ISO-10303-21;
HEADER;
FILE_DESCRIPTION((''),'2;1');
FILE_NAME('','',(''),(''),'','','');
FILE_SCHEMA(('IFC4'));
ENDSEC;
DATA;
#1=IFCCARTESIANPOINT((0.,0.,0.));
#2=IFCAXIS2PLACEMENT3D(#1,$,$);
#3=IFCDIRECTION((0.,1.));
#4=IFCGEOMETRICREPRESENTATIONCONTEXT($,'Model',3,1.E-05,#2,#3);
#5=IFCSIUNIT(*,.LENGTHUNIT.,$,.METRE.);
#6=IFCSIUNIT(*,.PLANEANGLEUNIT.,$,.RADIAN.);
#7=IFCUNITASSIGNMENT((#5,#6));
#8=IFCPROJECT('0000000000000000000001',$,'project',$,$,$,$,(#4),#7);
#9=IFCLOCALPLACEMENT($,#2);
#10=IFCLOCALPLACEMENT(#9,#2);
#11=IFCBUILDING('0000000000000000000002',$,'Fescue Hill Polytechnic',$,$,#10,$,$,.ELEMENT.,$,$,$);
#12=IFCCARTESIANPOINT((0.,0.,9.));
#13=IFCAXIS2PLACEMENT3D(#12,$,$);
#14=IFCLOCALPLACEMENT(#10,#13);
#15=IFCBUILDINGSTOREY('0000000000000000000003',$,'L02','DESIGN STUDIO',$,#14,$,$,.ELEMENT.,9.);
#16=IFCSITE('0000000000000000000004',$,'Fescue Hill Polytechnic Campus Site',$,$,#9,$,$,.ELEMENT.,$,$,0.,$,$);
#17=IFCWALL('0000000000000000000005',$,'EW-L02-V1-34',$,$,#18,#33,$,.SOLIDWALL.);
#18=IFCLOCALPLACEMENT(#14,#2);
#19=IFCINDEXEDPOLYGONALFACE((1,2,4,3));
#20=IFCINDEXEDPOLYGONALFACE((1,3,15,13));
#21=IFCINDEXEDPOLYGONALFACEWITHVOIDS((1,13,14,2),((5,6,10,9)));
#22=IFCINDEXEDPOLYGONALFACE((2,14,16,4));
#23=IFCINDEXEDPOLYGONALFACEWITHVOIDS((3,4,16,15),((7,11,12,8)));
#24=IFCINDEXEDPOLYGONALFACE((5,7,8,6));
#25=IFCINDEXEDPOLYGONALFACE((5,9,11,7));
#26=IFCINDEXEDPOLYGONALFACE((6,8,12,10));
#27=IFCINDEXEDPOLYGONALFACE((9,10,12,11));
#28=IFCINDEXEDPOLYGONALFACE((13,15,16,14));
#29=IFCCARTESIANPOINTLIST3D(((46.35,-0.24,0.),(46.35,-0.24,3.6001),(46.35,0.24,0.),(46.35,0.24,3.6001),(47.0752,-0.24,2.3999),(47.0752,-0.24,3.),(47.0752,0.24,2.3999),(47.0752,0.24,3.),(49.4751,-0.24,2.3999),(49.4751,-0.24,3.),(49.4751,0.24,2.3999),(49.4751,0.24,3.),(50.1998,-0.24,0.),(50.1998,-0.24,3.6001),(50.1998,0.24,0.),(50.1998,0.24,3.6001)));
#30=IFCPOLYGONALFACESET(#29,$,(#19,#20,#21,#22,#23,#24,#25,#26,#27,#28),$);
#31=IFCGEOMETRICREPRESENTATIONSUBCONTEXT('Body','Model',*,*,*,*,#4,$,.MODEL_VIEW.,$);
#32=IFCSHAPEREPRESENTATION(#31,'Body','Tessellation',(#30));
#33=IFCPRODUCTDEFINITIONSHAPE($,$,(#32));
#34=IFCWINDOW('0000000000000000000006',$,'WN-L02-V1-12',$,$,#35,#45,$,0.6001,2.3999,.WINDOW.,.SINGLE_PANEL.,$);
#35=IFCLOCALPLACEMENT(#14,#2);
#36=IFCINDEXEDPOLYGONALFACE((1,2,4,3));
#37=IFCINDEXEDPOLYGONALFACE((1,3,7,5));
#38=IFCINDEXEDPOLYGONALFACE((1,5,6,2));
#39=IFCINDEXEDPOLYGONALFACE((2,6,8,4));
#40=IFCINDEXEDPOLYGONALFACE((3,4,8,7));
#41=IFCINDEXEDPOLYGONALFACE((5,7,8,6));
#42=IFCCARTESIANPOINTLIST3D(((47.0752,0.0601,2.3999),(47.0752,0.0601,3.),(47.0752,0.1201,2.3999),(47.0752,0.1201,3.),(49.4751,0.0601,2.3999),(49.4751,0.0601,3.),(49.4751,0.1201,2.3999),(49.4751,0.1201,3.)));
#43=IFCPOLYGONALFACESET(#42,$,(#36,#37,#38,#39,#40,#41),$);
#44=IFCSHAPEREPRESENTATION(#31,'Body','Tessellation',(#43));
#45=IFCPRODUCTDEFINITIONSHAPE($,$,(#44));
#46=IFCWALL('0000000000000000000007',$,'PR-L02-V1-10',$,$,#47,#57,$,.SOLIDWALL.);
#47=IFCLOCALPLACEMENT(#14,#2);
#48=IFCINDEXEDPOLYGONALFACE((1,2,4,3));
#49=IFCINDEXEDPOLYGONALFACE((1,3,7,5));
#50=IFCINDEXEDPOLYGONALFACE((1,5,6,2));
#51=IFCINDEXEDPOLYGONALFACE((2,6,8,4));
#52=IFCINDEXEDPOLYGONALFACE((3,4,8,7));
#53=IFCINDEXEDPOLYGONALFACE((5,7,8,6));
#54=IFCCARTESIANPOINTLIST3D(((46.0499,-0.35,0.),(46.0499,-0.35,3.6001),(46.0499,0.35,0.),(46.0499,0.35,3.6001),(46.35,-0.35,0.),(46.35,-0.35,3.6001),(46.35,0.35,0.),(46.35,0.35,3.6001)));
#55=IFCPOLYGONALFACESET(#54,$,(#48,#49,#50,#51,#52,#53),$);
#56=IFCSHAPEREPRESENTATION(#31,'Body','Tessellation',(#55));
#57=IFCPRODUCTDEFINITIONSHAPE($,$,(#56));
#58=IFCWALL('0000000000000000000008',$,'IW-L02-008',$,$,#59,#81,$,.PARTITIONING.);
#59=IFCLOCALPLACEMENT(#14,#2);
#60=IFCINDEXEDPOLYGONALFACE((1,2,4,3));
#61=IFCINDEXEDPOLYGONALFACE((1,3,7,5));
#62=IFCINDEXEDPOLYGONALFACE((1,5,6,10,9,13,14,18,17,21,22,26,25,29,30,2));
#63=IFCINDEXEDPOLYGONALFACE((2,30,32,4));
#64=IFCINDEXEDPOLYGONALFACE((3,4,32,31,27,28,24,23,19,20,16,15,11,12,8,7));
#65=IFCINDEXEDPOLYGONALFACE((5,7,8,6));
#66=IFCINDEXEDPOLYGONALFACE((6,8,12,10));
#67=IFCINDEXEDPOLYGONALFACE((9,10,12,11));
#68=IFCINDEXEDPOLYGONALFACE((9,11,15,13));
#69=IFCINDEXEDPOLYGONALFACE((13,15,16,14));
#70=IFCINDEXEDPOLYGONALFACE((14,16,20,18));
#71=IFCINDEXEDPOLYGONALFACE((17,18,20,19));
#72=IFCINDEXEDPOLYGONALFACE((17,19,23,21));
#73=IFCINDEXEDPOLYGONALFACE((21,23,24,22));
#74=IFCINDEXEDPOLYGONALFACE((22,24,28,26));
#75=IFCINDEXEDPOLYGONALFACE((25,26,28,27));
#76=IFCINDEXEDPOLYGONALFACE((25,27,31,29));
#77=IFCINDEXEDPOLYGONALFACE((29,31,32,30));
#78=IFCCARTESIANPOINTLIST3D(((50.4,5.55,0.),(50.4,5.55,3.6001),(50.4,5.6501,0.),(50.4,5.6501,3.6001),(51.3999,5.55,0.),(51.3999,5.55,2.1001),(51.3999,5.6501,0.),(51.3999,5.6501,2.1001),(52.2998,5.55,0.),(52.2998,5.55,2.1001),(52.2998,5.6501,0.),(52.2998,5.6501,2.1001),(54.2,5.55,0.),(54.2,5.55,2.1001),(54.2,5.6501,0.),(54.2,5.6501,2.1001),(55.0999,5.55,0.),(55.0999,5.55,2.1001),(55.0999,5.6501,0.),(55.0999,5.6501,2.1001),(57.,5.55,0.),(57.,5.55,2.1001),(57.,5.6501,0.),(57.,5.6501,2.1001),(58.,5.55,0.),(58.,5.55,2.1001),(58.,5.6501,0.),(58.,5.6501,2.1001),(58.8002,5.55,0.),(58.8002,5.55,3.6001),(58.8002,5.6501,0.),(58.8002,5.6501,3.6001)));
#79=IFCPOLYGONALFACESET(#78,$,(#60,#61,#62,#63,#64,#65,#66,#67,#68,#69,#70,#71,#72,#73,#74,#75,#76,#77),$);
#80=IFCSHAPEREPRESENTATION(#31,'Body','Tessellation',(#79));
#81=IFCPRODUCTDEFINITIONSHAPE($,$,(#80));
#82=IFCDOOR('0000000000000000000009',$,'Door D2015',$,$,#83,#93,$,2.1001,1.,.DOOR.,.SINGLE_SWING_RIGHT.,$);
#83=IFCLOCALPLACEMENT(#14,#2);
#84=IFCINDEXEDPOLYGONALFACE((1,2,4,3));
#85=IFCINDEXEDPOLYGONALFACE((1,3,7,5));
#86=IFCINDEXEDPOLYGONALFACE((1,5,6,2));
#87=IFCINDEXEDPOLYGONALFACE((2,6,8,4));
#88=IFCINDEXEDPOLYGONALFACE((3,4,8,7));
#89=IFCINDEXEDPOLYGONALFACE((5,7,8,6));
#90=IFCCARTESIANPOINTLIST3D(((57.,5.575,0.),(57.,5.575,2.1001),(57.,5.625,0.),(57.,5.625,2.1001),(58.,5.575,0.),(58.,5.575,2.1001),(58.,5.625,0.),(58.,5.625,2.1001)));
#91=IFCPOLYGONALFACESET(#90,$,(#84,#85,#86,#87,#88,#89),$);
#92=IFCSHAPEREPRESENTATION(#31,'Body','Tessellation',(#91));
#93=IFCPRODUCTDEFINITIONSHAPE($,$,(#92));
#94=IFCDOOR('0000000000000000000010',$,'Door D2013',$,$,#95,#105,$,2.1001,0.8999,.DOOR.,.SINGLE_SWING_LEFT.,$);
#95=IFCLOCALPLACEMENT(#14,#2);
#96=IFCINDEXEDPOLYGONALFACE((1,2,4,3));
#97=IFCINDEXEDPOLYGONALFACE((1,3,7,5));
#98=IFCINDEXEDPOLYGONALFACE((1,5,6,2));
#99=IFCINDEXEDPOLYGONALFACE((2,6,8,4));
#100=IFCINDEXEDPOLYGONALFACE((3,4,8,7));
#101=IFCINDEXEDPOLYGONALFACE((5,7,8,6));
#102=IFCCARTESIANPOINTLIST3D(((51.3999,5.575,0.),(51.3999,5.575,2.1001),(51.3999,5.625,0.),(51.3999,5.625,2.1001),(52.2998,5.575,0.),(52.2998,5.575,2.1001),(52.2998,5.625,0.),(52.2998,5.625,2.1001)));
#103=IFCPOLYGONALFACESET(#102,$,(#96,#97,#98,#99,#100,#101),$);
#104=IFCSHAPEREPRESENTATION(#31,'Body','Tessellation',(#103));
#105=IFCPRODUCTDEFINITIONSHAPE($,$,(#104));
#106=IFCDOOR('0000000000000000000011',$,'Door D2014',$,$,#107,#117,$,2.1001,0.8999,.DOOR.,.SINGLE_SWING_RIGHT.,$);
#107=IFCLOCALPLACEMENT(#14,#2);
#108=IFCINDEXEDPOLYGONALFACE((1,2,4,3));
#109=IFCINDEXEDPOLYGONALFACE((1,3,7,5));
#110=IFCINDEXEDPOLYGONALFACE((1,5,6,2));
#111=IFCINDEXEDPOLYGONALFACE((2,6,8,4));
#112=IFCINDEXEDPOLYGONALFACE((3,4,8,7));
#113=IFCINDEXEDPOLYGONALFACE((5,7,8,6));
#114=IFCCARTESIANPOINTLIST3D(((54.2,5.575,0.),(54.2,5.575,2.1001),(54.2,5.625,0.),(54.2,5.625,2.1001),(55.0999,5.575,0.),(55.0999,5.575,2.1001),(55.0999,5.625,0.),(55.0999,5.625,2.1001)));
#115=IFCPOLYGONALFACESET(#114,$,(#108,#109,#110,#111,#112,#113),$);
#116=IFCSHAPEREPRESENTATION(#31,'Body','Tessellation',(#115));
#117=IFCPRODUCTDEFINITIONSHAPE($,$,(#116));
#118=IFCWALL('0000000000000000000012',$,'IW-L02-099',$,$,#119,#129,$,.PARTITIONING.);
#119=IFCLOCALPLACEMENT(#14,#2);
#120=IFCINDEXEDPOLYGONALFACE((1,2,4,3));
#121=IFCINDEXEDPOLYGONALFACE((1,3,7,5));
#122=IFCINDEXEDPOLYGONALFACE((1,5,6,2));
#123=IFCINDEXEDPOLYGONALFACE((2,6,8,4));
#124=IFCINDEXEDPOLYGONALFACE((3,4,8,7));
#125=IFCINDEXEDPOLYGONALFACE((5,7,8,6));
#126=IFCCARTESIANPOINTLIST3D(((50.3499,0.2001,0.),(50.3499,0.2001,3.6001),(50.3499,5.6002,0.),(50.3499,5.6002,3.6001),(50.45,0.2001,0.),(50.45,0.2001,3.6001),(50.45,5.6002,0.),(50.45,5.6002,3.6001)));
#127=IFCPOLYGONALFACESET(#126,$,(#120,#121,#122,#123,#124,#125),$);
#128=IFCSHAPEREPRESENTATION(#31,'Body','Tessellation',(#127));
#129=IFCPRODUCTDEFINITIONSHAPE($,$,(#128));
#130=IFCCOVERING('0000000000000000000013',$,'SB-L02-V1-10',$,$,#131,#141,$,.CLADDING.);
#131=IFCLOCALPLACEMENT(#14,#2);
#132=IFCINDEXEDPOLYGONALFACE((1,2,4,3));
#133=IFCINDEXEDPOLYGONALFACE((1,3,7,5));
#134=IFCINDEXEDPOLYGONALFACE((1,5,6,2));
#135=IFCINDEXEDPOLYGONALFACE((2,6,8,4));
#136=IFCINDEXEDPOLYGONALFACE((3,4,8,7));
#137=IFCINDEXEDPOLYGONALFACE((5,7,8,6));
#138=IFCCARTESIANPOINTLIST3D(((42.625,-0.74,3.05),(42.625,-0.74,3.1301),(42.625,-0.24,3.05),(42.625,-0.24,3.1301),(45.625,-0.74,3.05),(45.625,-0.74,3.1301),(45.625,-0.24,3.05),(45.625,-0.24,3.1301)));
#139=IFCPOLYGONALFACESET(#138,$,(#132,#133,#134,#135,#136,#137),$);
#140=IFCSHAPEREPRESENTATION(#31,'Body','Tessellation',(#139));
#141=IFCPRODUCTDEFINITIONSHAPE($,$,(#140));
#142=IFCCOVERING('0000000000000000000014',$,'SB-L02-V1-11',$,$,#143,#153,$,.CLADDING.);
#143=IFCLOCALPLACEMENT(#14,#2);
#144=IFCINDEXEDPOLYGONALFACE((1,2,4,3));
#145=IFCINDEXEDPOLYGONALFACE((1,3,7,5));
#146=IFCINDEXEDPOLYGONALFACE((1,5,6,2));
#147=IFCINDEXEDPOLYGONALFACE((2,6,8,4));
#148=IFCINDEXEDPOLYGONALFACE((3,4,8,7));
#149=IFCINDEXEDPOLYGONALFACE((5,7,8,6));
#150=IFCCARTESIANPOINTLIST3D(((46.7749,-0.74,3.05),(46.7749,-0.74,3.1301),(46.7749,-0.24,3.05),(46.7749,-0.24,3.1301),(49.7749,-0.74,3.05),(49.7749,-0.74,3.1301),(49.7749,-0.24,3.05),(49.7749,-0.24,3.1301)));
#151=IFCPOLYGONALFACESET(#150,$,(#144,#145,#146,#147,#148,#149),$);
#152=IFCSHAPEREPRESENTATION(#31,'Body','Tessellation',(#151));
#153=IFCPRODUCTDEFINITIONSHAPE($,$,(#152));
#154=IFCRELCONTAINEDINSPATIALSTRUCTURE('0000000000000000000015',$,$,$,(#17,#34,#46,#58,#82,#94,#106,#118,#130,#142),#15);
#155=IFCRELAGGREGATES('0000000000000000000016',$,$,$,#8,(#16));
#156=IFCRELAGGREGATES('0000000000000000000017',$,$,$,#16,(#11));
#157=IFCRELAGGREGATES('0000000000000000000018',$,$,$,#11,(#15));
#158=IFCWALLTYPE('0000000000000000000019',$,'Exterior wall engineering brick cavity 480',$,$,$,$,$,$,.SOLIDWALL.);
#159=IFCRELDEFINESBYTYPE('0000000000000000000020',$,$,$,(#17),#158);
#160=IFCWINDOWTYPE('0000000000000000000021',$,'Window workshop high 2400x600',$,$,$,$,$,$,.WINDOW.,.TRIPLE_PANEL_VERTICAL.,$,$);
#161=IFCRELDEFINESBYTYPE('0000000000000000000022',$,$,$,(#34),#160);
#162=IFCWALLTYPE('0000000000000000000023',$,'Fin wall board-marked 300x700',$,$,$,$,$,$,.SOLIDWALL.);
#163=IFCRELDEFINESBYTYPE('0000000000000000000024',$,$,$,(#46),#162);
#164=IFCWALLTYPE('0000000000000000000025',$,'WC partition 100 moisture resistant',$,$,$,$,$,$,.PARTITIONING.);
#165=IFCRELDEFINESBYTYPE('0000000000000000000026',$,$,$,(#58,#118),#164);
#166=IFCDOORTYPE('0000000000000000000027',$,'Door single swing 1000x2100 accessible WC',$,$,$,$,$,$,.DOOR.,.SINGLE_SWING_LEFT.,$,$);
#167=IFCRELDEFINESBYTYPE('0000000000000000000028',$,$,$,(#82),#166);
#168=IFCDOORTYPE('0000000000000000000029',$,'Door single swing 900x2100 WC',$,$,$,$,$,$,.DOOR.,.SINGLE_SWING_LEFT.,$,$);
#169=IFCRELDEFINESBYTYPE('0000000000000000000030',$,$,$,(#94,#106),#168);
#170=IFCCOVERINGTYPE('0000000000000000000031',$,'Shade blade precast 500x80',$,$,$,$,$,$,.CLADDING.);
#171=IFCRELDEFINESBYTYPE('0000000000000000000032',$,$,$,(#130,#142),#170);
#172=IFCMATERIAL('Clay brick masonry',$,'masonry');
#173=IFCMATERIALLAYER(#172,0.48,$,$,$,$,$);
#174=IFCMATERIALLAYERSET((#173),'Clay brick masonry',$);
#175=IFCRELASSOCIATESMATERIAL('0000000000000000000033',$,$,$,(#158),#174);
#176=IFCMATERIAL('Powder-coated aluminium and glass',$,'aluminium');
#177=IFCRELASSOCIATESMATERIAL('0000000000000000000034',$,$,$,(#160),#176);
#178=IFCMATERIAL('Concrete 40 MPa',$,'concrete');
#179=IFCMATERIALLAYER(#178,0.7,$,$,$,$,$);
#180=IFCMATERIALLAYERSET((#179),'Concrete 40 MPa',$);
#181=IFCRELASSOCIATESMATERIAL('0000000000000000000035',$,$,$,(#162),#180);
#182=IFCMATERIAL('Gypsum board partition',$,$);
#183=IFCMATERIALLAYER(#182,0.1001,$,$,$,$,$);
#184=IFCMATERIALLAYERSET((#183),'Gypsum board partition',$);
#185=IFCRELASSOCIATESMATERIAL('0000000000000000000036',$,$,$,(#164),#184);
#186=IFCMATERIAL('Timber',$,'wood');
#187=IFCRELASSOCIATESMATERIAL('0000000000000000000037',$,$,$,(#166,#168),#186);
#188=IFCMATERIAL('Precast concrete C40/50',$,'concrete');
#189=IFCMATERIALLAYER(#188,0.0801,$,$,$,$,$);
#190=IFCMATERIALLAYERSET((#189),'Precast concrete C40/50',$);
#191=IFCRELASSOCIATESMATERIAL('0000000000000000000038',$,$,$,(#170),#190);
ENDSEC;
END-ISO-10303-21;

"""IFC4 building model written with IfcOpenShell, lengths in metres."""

from ifc_helpers import new_model, si_unit, direction, frame, frame_2d, origin, origin_2d, place, context, subcontext, project, spatial, rectangle, extrude, material, layer, layer_set, type_object, element, fill, save


model = new_model("IFC4")

# Units and contexts
model_context = context("Model", 3, precision=1e-05, world=origin(), true_north=direction((0.0, 1.0)))
body_context = subcontext(model_context, "Body", "Model", "MODEL_VIEW")
ifc_project = project(units=[si_unit("LENGTHUNIT", "METRE"), si_unit("PLANEANGLEUNIT", "RADIAN")], contexts=[model_context])

# Site, building, storey
site_placement = place(None, origin())
site = spatial("IfcSite", under=ifc_project, at=site_placement, Name="Fescue Hill Polytechnic Campus Site", CompositionType="ELEMENT", RefElevation=0.0)
building_placement = place(site_placement, origin())
building = spatial("IfcBuilding", under=site, at=building_placement, Name="Fescue Hill Polytechnic", CompositionType="ELEMENT")
storey_placement = place(building_placement, frame((0.0, 0.0, 9.0)))
storey = spatial("IfcBuildingStorey", under=building, at=storey_placement, Name="L02", Description="DESIGN STUDIO", CompositionType="ELEMENT", Elevation=9.0)

# Shared definitions
ifc_material_1 = material(Name="Concrete 40 MPa", Category="concrete")

# Wall, opening, window
ifc_material_2 = material(Name="Clay brick masonry", Category="masonry")
ifc_layer_1 = layer(ifc_material_2, 0.48)
ifc_layer_set_1 = layer_set([ifc_layer_1], Name="Clay brick masonry")
wall_type_1 = type_object("IfcWallType", Name="Exterior wall engineering brick cavity 480", PredefinedType="SOLIDWALL", material=ifc_layer_set_1)
ifc_material_3 = material(Name="Powder-coated aluminium and glass", Category="aluminium")
window_type = type_object("IfcWindowType", Name="Window workshop high 2400x600", PartitioningType="TRIPLE_PANEL_VERTICAL", PredefinedType="WINDOW", material=ifc_material_3)
wall_1_placement = place(storey_placement, frame((46.3501, 0.0, 0.0), z_axis=(0.0, 0.0, 1.0), x_axis=(1.0, 0.0, 0.0)))
wall_1 = element("IfcWall", 1, at=wall_1_placement, inside=storey, type_object=wall_type_1, Name="EW-L02-V1-34", PredefinedType="SOLIDWALL", context=body_context, shape_type="SweptSolid", body=[
    extrude(rectangle(XDim=3.8499, YDim=0.48, at=frame_2d((1.9248, 0.0))), origin(), (0.0, 0.0, 1.0), 3.6001),
])
opening_1_placement = place(wall_1_placement, frame((0.7251, 0.0, 2.3999)))
opening_1 = element("IfcOpeningElement", 2, at=opening_1_placement, cuts=wall_1, PredefinedType="OPENING", context=body_context, shape_type="SweptSolid", body=[
    extrude(rectangle(XDim=2.3999, YDim=0.6001, at=frame_2d((1.2, 0.3))), frame((0.0, 0.25, 0.0), z_axis=(0.0, -1.0, 0.0), x_axis=(1.0, 0.0, 0.0)), (0.0, 0.0, 1.0), 0.5),
])
window_1_placement = place(opening_1_placement, origin())
window_1 = element("IfcWindow", 3, at=window_1_placement, inside=storey, type_object=window_type, Name="WN-L02-V1-12", OverallHeight=0.6001, OverallWidth=2.3999, PartitioningType="SINGLE_PANEL", PredefinedType="WINDOW", context=body_context, shape_type="SweptSolid", body=[
    extrude(rectangle(XDim=2.3999, YDim=0.6001, at=frame_2d((1.2, 0.3))), frame((0.0, 0.1201, 0.0), z_axis=(0.0, -1.0, 0.0), x_axis=(1.0, 0.0, 0.0)), (0.0, 0.0, 1.0), 0.0601),
])
fill(opening_1, window_1)

# Wall
ifc_layer_2 = layer(ifc_material_1, 0.7)
ifc_layer_set_2 = layer_set([ifc_layer_2], Name="Concrete 40 MPa")
wall_type_2 = type_object("IfcWallType", Name="Fin wall board-marked 300x700", PredefinedType="SOLIDWALL", material=ifc_layer_set_2)
wall_2_placement = place(storey_placement, frame((46.05, 0.0, 0.0), z_axis=(0.0, 0.0, 1.0), x_axis=(1.0, 0.0, 0.0)))
element("IfcWall", 4, at=wall_2_placement, inside=storey, type_object=wall_type_2, Name="PR-L02-V1-10", PredefinedType="SOLIDWALL", context=body_context, shape_type="SweptSolid", body=[
    extrude(rectangle(XDim=0.3, YDim=0.7, at=frame_2d((0.1499, 0.0))), origin(), (0.0, 0.0, 1.0), 3.6001),
])

# Wall, openings, doors
ifc_material_4 = material(Name="Gypsum board partition")
ifc_layer_3 = layer(ifc_material_4, 0.1001)
ifc_layer_set_3 = layer_set([ifc_layer_3], Name="Gypsum board partition")
wall_type_3 = type_object("IfcWallType", Name="WC partition 100 moisture resistant", PredefinedType="PARTITIONING", material=ifc_layer_set_3)
wall_3_placement = place(storey_placement, frame((50.3999, 5.6001, 0.0), z_axis=(0.0, 0.0, 1.0), x_axis=(1.0, 0.0, 0.0)))
wall_3 = element("IfcWall", 5, at=wall_3_placement, inside=storey, type_object=wall_type_3, Name="IW-L02-008", PredefinedType="PARTITIONING", context=body_context, shape_type="SweptSolid", body=[
    extrude(rectangle(XDim=8.4001, YDim=0.1001, at=frame_2d((4.2002, 0.0))), origin(), (0.0, 0.0, 1.0), 3.6001),
])
opening_2_placement = place(wall_3_placement, frame((1.0, 0.0, 0.0)))
opening_2 = element("IfcOpeningElement", 6, at=opening_2_placement, cuts=wall_3, PredefinedType="OPENING", context=body_context, shape_type="SweptSolid", body=[
    extrude(rectangle(XDim=0.8999, YDim=2.1001, at=frame_2d((0.45, 1.05))), frame((0.0, 0.0601, 0.0), z_axis=(0.0, -1.0, 0.0), x_axis=(1.0, 0.0, 0.0)), (0.0, 0.0, 1.0), 0.1201),
])
opening_3_placement = place(wall_3_placement, frame((3.8, 0.0, 0.0)))
opening_3 = element("IfcOpeningElement", 7, at=opening_3_placement, cuts=wall_3, PredefinedType="OPENING", context=body_context, shape_type="SweptSolid", body=[
    extrude(rectangle(XDim=0.8999, YDim=2.1001, at=frame_2d((0.45, 1.05))), frame((0.0, 0.0601, 0.0), z_axis=(0.0, -1.0, 0.0), x_axis=(1.0, 0.0, 0.0)), (0.0, 0.0, 1.0), 0.1201),
])
opening_4_placement = place(wall_3_placement, frame((6.6001, 0.0, 0.0)))
opening_4 = element("IfcOpeningElement", 8, at=opening_4_placement, cuts=wall_3, PredefinedType="OPENING", context=body_context, shape_type="SweptSolid", body=[
    extrude(rectangle(XDim=1.0, YDim=2.1001, at=frame_2d((0.5, 1.05))), frame((0.0, 0.0601, 0.0), z_axis=(0.0, -1.0, 0.0), x_axis=(1.0, 0.0, 0.0)), (0.0, 0.0, 1.0), 0.1201),
])
ifc_material_5 = material(Name="Timber", Category="wood")
door_type_1 = type_object("IfcDoorType", Name="Door single swing 1000x2100 accessible WC", OperationType="SINGLE_SWING_LEFT", PredefinedType="DOOR", material=ifc_material_5)
door_1_placement = place(opening_4_placement, origin())
door_1 = element("IfcDoor", 9, at=door_1_placement, inside=storey, type_object=door_type_1, Name="Door D2015", OperationType="SINGLE_SWING_RIGHT", OverallHeight=2.1001, OverallWidth=1.0, PredefinedType="DOOR", context=body_context, shape_type="SweptSolid", body=[
    extrude(rectangle(XDim=1.0, YDim=2.1001, at=frame_2d((0.5, 1.05))), frame((0.0, 0.0249, 0.0), z_axis=(0.0, -1.0, 0.0), x_axis=(1.0, 0.0, 0.0)), (0.0, 0.0, 1.0), 0.05),
])
fill(opening_4, door_1)
door_type_2 = type_object("IfcDoorType", Name="Door single swing 900x2100 WC", OperationType="SINGLE_SWING_LEFT", PredefinedType="DOOR", material=ifc_material_5)
door_2_placement = place(opening_2_placement, origin())
door_2 = element("IfcDoor", 10, at=door_2_placement, inside=storey, type_object=door_type_2, Name="Door D2013", OperationType="SINGLE_SWING_LEFT", OverallHeight=2.1001, OverallWidth=0.8999, PredefinedType="DOOR", context=body_context, shape_type="SweptSolid", body=[
    extrude(rectangle(XDim=0.8999, YDim=2.1001, at=frame_2d((0.45, 1.05))), frame((0.0, 0.0249, 0.0), z_axis=(0.0, -1.0, 0.0), x_axis=(1.0, 0.0, 0.0)), (0.0, 0.0, 1.0), 0.05),
])
fill(opening_2, door_2)
door_3_placement = place(opening_3_placement, origin())
door_3 = element("IfcDoor", 11, at=door_3_placement, inside=storey, type_object=door_type_2, Name="Door D2014", OperationType="SINGLE_SWING_RIGHT", OverallHeight=2.1001, OverallWidth=0.8999, PredefinedType="DOOR", context=body_context, shape_type="SweptSolid", body=[
    extrude(rectangle(XDim=0.8999, YDim=2.1001, at=frame_2d((0.45, 1.05))), frame((0.0, 0.0249, 0.0), z_axis=(0.0, -1.0, 0.0), x_axis=(1.0, 0.0, 0.0)), (0.0, 0.0, 1.0), 0.05),
])
fill(opening_3, door_3)

# Wall
wall_4_placement = place(storey_placement, frame((50.3999, 0.2, 0.0), z_axis=(0.0, 0.0, 1.0), x_axis=(0.0, 1.0, 0.0)))
element("IfcWall", 12, at=wall_4_placement, inside=storey, type_object=wall_type_3, Name="IW-L02-099", PredefinedType="PARTITIONING", context=body_context, shape_type="SweptSolid", body=[
    extrude(rectangle(XDim=5.4001, YDim=0.1001, at=frame_2d((2.7002, 0.0))), origin(), (0.0, 0.0, 1.0), 3.6001),
])

# Coverings
ifc_material_6 = material(Name="Precast concrete C40/50", Category="concrete")
ifc_layer_4 = layer(ifc_material_6, 0.0801)
ifc_layer_set_4 = layer_set([ifc_layer_4], Name="Precast concrete C40/50")
covering_type = type_object("IfcCoveringType", Name="Shade blade precast 500x80", PredefinedType="CLADDING", material=ifc_layer_set_4)
for number, where, z_axis, x_axis, name in (
    (13, (44.125, -0.49, 3.05), (0.0, 0.0, 1.0), (1.0, 0.0, 0.0), "SB-L02-V1-10"),
    (14, (48.2749, -0.49, 3.05), (0.0, 0.0, 1.0), (1.0, 0.0, 0.0), "SB-L02-V1-11"),
):
    element("IfcCovering", number, at=place(storey_placement, frame(where, z_axis=z_axis, x_axis=x_axis)), inside=storey, type_object=covering_type, Name=name, PredefinedType="CLADDING", context=body_context, shape_type="SweptSolid", body=[
        extrude(rectangle(XDim=3.0, YDim=0.5, at=origin_2d()), origin(), (0.0, 0.0, 1.0), 0.0801),
    ])

save(model, "model.ifc")
